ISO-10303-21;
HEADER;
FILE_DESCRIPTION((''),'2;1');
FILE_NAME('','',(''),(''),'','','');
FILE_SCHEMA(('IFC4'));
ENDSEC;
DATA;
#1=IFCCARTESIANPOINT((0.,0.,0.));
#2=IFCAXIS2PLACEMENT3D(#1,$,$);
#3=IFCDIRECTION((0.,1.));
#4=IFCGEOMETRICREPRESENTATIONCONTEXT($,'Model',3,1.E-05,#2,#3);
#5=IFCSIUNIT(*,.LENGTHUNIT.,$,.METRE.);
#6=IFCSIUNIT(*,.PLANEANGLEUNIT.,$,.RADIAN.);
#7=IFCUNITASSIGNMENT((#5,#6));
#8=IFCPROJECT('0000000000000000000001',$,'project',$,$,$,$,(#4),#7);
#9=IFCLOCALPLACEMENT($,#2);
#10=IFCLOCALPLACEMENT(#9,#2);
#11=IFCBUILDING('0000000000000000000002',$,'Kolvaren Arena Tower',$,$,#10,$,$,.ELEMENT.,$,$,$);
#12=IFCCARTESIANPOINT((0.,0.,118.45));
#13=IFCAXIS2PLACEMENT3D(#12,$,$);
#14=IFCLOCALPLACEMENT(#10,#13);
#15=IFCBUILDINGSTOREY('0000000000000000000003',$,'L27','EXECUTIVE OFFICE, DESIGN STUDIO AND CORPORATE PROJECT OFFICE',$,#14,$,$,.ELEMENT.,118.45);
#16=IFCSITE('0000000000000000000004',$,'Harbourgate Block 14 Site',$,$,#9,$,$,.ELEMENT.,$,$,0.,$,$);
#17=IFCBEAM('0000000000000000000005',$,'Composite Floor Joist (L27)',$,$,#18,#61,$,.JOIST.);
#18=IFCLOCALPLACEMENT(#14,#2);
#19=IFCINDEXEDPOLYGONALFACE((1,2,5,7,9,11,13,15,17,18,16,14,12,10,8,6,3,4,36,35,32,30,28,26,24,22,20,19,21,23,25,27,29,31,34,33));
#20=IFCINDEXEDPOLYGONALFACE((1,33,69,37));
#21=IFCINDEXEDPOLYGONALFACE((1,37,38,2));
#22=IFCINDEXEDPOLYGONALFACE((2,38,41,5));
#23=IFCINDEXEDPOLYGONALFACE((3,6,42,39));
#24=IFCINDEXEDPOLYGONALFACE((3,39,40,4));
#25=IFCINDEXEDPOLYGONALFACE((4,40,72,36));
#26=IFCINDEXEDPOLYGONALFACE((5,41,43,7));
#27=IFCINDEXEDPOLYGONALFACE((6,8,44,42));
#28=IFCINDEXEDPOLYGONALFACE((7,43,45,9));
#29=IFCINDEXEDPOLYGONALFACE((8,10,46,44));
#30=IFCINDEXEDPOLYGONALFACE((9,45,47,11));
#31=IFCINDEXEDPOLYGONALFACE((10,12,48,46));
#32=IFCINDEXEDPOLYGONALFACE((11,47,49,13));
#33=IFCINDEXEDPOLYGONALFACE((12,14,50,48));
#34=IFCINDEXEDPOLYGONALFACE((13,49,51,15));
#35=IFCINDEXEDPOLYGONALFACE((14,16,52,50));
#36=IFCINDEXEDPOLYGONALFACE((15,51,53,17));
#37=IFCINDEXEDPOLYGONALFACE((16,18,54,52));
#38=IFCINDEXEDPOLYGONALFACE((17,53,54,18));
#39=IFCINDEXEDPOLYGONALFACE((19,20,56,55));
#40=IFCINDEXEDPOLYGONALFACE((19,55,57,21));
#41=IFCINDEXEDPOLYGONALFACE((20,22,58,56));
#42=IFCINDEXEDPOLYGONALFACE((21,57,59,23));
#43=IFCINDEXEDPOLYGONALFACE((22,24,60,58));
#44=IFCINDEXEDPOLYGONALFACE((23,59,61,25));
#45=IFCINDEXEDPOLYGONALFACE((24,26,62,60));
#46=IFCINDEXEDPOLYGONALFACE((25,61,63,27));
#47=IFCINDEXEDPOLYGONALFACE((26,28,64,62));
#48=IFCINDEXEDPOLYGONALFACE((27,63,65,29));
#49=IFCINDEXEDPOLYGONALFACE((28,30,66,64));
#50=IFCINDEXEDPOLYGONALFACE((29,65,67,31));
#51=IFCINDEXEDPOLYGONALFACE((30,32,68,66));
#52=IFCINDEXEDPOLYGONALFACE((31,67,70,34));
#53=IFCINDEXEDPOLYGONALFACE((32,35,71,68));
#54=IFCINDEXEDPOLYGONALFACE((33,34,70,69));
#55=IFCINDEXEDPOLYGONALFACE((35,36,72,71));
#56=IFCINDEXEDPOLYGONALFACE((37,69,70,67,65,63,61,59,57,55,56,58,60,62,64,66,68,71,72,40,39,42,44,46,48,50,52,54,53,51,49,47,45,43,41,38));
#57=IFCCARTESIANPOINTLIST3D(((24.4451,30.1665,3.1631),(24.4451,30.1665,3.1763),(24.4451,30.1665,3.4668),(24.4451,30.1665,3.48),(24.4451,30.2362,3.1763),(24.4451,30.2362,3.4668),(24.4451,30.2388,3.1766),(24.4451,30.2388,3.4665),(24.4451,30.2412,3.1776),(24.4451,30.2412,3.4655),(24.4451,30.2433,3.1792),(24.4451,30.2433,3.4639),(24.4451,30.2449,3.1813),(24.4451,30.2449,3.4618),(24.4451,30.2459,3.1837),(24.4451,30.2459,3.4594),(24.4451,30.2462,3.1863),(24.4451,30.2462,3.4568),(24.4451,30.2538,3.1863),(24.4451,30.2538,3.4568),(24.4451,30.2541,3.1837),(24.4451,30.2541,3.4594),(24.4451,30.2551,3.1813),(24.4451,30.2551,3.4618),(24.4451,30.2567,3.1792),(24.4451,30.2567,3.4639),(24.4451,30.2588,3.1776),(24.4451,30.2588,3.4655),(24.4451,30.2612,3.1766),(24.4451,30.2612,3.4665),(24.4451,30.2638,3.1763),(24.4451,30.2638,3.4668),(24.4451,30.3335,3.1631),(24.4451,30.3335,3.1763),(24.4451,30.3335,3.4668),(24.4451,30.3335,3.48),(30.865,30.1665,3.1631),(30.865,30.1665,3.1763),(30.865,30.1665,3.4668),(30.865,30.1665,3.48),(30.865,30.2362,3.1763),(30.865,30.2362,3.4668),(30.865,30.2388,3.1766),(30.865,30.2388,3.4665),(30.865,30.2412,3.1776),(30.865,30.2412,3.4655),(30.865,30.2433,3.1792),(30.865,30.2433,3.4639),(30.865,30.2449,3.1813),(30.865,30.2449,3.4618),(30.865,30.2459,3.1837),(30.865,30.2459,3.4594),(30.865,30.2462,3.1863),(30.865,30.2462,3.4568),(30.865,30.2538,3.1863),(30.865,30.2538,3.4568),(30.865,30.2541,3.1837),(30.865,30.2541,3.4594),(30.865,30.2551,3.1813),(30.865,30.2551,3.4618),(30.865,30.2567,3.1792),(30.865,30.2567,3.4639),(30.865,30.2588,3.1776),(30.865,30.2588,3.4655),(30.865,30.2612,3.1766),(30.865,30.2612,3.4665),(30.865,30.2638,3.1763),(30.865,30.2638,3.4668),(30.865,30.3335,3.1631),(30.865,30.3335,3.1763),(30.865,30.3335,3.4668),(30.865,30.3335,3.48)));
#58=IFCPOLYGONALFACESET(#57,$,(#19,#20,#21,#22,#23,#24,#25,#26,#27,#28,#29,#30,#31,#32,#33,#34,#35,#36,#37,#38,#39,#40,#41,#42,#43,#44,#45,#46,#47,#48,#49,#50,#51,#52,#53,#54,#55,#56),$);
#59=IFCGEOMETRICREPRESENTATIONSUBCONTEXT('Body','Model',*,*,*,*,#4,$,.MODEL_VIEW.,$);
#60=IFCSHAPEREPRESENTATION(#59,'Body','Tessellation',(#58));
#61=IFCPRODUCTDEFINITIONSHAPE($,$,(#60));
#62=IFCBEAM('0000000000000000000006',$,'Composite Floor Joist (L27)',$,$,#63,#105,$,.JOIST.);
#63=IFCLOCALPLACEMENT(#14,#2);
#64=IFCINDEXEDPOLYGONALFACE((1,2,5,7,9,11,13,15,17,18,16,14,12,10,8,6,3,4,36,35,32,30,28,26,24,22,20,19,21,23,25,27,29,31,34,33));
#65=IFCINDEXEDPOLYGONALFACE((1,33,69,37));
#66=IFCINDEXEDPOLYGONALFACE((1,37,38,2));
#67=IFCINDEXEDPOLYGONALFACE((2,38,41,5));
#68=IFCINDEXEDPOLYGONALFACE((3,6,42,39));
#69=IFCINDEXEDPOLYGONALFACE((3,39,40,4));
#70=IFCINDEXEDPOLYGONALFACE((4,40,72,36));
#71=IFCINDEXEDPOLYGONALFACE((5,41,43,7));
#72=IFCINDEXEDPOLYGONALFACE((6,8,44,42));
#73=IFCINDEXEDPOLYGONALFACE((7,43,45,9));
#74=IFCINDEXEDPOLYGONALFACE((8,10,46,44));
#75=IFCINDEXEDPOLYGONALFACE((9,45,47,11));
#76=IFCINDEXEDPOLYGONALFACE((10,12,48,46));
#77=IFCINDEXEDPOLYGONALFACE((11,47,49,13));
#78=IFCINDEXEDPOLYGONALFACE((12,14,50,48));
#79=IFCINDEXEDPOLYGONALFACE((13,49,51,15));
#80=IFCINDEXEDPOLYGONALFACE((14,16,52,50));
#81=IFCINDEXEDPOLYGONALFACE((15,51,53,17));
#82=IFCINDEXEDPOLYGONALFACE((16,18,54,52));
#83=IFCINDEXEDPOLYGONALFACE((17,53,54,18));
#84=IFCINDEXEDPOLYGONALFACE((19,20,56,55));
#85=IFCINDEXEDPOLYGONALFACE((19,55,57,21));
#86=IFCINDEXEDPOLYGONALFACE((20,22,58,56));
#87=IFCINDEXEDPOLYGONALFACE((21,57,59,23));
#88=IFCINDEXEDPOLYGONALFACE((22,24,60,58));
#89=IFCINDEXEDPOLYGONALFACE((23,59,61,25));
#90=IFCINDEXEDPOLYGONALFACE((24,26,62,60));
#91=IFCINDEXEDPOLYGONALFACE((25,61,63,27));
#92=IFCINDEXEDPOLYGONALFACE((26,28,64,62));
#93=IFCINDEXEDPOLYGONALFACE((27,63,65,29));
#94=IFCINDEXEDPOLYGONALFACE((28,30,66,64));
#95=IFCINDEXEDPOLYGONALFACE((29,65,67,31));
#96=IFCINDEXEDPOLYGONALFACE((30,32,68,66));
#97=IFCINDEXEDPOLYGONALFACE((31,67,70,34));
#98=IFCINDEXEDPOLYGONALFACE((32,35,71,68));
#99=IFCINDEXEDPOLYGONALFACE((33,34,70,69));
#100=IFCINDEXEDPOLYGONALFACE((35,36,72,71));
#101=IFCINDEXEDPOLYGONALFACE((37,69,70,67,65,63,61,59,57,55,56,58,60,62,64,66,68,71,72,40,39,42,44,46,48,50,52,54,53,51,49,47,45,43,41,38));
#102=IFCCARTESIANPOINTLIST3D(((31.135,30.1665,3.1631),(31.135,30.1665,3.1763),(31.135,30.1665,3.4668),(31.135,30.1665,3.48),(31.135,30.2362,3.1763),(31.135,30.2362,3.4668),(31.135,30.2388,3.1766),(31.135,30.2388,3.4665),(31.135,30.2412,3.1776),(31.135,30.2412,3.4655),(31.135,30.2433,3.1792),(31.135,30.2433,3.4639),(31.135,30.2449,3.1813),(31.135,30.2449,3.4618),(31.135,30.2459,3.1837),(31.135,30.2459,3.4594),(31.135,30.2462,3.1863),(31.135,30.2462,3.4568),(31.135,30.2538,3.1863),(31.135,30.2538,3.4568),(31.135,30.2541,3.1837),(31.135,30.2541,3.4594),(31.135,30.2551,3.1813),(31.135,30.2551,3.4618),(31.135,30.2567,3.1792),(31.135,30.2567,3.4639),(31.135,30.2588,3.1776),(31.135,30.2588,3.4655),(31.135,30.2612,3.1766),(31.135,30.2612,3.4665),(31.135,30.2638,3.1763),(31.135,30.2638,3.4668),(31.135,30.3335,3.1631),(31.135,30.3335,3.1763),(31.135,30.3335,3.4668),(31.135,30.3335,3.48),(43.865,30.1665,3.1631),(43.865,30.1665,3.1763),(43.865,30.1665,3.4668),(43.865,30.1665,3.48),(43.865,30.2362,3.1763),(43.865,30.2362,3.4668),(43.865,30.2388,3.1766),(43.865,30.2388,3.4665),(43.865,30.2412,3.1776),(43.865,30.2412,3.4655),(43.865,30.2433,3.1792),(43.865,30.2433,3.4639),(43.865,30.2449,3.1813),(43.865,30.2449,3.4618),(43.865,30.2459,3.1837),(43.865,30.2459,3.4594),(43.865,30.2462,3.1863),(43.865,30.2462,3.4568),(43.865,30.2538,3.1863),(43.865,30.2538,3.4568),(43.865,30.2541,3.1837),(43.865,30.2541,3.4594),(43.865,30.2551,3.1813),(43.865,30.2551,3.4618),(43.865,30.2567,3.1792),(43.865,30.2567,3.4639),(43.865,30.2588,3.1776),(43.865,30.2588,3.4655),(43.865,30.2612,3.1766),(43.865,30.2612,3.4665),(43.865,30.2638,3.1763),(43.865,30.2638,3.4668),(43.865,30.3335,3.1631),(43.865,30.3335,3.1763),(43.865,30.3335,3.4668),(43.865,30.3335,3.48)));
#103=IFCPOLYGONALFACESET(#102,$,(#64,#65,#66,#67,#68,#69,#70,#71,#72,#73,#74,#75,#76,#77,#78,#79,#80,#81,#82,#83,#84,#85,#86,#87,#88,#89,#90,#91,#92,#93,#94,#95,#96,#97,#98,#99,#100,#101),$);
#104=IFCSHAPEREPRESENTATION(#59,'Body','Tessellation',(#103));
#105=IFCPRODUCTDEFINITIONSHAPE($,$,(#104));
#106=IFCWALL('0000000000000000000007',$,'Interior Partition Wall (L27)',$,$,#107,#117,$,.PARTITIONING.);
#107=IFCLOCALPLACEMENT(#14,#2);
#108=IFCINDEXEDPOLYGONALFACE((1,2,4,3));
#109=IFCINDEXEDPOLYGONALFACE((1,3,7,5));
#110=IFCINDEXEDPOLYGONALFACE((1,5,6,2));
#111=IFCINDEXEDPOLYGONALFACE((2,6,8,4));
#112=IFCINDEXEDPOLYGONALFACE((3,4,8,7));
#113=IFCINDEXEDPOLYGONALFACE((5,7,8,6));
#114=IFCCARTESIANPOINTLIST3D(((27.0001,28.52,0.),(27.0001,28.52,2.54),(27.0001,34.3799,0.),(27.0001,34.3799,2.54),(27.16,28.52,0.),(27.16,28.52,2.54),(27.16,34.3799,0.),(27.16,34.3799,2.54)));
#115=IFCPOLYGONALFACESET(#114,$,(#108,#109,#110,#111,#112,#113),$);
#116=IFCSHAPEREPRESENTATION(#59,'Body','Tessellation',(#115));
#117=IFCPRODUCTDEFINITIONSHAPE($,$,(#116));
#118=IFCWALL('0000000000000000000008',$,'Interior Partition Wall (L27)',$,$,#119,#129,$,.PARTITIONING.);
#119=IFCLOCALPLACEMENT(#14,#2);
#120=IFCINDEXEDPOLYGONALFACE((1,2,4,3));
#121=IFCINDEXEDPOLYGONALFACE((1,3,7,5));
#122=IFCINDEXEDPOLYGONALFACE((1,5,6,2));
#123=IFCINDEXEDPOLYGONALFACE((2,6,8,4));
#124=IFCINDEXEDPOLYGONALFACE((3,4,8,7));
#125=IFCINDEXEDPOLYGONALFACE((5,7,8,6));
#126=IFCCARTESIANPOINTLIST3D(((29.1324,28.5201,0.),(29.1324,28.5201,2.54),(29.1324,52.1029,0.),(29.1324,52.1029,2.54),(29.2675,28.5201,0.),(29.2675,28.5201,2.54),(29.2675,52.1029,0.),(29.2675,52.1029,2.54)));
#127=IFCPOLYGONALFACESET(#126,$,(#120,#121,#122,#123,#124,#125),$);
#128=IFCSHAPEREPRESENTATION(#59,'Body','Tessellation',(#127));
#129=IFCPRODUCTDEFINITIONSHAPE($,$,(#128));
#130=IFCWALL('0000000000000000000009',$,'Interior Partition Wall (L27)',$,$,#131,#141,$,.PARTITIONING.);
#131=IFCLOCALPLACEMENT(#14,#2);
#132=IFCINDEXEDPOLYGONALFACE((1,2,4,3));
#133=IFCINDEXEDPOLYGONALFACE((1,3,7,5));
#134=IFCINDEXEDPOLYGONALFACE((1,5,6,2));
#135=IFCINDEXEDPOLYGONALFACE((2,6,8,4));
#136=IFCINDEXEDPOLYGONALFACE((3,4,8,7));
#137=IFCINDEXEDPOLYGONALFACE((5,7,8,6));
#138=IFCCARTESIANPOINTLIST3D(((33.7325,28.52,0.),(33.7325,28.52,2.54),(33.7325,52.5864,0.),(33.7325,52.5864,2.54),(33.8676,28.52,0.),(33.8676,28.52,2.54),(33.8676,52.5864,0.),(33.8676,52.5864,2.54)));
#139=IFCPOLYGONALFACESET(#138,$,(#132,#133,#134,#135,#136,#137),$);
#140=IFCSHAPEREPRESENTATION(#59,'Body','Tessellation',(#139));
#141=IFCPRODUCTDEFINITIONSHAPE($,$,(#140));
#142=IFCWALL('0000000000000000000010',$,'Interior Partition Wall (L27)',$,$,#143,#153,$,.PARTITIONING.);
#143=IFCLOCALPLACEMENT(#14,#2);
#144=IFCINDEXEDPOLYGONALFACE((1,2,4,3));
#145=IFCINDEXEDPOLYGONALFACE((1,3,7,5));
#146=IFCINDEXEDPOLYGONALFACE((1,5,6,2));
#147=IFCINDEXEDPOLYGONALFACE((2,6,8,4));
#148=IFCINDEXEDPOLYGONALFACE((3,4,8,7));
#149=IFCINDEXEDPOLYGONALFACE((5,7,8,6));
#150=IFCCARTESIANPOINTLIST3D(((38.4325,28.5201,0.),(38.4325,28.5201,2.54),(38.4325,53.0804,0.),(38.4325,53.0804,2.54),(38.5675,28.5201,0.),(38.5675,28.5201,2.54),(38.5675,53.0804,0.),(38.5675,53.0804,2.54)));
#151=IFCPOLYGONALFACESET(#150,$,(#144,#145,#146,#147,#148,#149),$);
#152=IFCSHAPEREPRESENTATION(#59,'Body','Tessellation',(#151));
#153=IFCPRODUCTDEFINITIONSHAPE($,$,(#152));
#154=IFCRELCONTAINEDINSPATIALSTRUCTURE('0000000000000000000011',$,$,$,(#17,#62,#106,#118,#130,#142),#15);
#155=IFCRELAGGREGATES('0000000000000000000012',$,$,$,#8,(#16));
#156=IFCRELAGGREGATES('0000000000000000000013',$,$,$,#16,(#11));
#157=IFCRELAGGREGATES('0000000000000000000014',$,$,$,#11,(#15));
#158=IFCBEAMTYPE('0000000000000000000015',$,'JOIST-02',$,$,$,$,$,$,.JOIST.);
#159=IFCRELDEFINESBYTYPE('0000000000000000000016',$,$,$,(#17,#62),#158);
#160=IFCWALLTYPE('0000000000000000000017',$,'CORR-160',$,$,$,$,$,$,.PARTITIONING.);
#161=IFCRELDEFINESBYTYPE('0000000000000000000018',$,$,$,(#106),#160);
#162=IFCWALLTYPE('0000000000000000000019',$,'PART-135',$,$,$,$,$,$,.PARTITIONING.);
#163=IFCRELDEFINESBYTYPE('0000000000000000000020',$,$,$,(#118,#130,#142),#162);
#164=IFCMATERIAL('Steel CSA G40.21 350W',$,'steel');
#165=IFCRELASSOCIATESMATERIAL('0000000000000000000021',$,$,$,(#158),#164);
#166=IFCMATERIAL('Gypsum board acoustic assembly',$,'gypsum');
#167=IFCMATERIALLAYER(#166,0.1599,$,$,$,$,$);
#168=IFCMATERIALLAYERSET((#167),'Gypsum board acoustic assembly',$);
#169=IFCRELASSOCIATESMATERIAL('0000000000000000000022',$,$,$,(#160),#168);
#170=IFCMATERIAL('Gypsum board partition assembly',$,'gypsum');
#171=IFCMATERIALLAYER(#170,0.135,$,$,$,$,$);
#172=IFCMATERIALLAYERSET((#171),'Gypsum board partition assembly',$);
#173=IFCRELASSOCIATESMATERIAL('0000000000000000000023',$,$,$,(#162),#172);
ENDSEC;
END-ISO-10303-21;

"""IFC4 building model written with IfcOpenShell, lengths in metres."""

from ifc_helpers import new_model, si_unit, direction, frame, frame_2d, origin, origin_2d, place, context, subcontext, project, spatial, rectangle, i_section, extrude, material, layer, layer_set, material_profile, profile_set, type_object, element, save


model = new_model("IFC4")

# Units and contexts
model_context = context("Model", 3, precision=1e-05, world=origin(), true_north=direction((0.0, 1.0)))
body_context = subcontext(model_context, "Body", "Model", "MODEL_VIEW")
ifc_project = project(units=[si_unit("LENGTHUNIT", "METRE"), si_unit("PLANEANGLEUNIT", "RADIAN")], contexts=[model_context])

# Site, building, storey
site_placement = place(None, origin())
site = spatial("IfcSite", under=ifc_project, at=site_placement, Name="Harbourgate Block 14 Site", CompositionType="ELEMENT", RefElevation=0.0)
building_placement = place(site_placement, origin())
building = spatial("IfcBuilding", under=site, at=building_placement, Name="Kolvaren Arena Tower", CompositionType="ELEMENT")
storey_placement = place(building_placement, frame((0.0, 0.0, 118.45)))
storey = spatial("IfcBuildingStorey", under=building, at=storey_placement, Name="L27", Description="EXECUTIVE OFFICE, DESIGN STUDIO AND CORPORATE PROJECT OFFICE", CompositionType="ELEMENT", Elevation=118.45)

# Beams
ifc_material_1 = material(Name="Steel CSA G40.21 350W", Category="steel")
ifc_material_profile_1 = material_profile(ifc_material_1, i_section(OverallWidth=0.167, OverallDepth=0.3169, WebThickness=0.0076, FlangeThickness=0.0132, FilletRadius=0.01, at=origin_2d()), Name="W310x52")
ifc_profile_set_1 = profile_set([ifc_material_profile_1], Name="Steel CSA G40.21 350W")
beam_type_1 = type_object("IfcBeamType", Name="JOIST-02", PredefinedType="JOIST", material=ifc_profile_set_1)
for number, where, z_axis, x_axis, name in (
    (1, (24.4451, 30.25, 3.3215), (1.0, 0.0, 0.0), (0.0, 1.0, 0.0), "Composite Floor Joist (L27)"),
):
    element("IfcBeam", number, at=place(storey_placement, frame(where, z_axis=z_axis, x_axis=x_axis)), inside=storey, type_object=beam_type_1, Name=name, PredefinedType="JOIST", context=body_context, shape_type="SweptSolid", body=[
        extrude(i_section(OverallWidth=0.167, OverallDepth=0.3169, WebThickness=0.0076, FlangeThickness=0.0132, FilletRadius=0.01, at=origin_2d()), origin(), (0.0, 0.0, 1.0), 6.4199),
    ])
beam_1_placement = place(storey_placement, frame((31.135, 30.25, 3.3215), z_axis=(1.0, 0.0, 0.0), x_axis=(0.0, 1.0, 0.0)))
element("IfcBeam", 2, at=beam_1_placement, inside=storey, type_object=beam_type_1, Name="Composite Floor Joist (L27)", PredefinedType="JOIST", context=body_context, shape_type="SweptSolid", body=[
    extrude(i_section(OverallWidth=0.167, OverallDepth=0.3169, WebThickness=0.0076, FlangeThickness=0.0132, FilletRadius=0.01, at=origin_2d()), origin(), (0.0, 0.0, 1.0), 12.73),
])

# Shared definitions
ifc_material_2 = material(Name="Gypsum board acoustic assembly", Category="gypsum")
ifc_layer_1 = layer(ifc_material_2, 0.1599)
ifc_layer_set_1 = layer_set([ifc_layer_1], Name="Gypsum board acoustic assembly")
wall_type_1 = type_object("IfcWallType", Name="CORR-160", PredefinedType="PARTITIONING", material=ifc_layer_set_1)

# Wall
wall_1_placement = place(storey_placement, frame((27.0801, 28.52, 0.0), z_axis=(0.0, 0.0, 1.0), x_axis=(0.0, 1.0, 0.0)))
element("IfcWall", 3, at=wall_1_placement, inside=storey, type_object=wall_type_1, Name="Interior Partition Wall (L27)", PredefinedType="PARTITIONING", context=body_context, shape_type="SweptSolid", body=[
    extrude(rectangle(XDim=5.8599, YDim=0.1599, at=frame_2d((2.9299, 0.0))), origin(), (0.0, 0.0, 1.0), 2.54),
])

# Walls
ifc_material_3 = material(Name="Gypsum board partition assembly", Category="gypsum")
ifc_layer_2 = layer(ifc_material_3, 0.135)
ifc_layer_set_2 = layer_set([ifc_layer_2], Name="Gypsum board partition assembly")
wall_type_2 = type_object("IfcWallType", Name="PART-135", PredefinedType="PARTITIONING", material=ifc_layer_set_2)
wall_2_placement = place(storey_placement, frame((29.2, 28.52, 0.0), z_axis=(0.0, 0.0, 1.0), x_axis=(0.0, 1.0, 0.0)))
element("IfcWall", 4, at=wall_2_placement, inside=storey, type_object=wall_type_2, Name="Interior Partition Wall (L27)", PredefinedType="PARTITIONING", context=body_context, shape_type="SweptSolid", body=[
    extrude(rectangle(XDim=23.5828, YDim=0.135, at=frame_2d((11.7915, 0.0))), origin(), (0.0, 0.0, 1.0), 2.54),
])
wall_3_placement = place(storey_placement, frame((33.8, 28.52, 0.0), z_axis=(0.0, 0.0, 1.0), x_axis=(0.0, 1.0, 0.0)))
element("IfcWall", 5, at=wall_3_placement, inside=storey, type_object=wall_type_2, Name="Interior Partition Wall (L27)", PredefinedType="PARTITIONING", context=body_context, shape_type="SweptSolid", body=[
    extrude(rectangle(XDim=24.0664, YDim=0.135, at=frame_2d((12.0332, 0.0))), origin(), (0.0, 0.0, 1.0), 2.54),
])
wall_4_placement = place(storey_placement, frame((38.5, 28.52, 0.0), z_axis=(0.0, 0.0, 1.0), x_axis=(0.0, 1.0, 0.0)))
element("IfcWall", 6, at=wall_4_placement, inside=storey, type_object=wall_type_2, Name="Interior Partition Wall (L27)", PredefinedType="PARTITIONING", context=body_context, shape_type="SweptSolid", body=[
    extrude(rectangle(XDim=24.5603, YDim=0.135, at=frame_2d((12.2803, 0.0))), origin(), (0.0, 0.0, 1.0), 2.54),
])

save(model, "model.ifc")
